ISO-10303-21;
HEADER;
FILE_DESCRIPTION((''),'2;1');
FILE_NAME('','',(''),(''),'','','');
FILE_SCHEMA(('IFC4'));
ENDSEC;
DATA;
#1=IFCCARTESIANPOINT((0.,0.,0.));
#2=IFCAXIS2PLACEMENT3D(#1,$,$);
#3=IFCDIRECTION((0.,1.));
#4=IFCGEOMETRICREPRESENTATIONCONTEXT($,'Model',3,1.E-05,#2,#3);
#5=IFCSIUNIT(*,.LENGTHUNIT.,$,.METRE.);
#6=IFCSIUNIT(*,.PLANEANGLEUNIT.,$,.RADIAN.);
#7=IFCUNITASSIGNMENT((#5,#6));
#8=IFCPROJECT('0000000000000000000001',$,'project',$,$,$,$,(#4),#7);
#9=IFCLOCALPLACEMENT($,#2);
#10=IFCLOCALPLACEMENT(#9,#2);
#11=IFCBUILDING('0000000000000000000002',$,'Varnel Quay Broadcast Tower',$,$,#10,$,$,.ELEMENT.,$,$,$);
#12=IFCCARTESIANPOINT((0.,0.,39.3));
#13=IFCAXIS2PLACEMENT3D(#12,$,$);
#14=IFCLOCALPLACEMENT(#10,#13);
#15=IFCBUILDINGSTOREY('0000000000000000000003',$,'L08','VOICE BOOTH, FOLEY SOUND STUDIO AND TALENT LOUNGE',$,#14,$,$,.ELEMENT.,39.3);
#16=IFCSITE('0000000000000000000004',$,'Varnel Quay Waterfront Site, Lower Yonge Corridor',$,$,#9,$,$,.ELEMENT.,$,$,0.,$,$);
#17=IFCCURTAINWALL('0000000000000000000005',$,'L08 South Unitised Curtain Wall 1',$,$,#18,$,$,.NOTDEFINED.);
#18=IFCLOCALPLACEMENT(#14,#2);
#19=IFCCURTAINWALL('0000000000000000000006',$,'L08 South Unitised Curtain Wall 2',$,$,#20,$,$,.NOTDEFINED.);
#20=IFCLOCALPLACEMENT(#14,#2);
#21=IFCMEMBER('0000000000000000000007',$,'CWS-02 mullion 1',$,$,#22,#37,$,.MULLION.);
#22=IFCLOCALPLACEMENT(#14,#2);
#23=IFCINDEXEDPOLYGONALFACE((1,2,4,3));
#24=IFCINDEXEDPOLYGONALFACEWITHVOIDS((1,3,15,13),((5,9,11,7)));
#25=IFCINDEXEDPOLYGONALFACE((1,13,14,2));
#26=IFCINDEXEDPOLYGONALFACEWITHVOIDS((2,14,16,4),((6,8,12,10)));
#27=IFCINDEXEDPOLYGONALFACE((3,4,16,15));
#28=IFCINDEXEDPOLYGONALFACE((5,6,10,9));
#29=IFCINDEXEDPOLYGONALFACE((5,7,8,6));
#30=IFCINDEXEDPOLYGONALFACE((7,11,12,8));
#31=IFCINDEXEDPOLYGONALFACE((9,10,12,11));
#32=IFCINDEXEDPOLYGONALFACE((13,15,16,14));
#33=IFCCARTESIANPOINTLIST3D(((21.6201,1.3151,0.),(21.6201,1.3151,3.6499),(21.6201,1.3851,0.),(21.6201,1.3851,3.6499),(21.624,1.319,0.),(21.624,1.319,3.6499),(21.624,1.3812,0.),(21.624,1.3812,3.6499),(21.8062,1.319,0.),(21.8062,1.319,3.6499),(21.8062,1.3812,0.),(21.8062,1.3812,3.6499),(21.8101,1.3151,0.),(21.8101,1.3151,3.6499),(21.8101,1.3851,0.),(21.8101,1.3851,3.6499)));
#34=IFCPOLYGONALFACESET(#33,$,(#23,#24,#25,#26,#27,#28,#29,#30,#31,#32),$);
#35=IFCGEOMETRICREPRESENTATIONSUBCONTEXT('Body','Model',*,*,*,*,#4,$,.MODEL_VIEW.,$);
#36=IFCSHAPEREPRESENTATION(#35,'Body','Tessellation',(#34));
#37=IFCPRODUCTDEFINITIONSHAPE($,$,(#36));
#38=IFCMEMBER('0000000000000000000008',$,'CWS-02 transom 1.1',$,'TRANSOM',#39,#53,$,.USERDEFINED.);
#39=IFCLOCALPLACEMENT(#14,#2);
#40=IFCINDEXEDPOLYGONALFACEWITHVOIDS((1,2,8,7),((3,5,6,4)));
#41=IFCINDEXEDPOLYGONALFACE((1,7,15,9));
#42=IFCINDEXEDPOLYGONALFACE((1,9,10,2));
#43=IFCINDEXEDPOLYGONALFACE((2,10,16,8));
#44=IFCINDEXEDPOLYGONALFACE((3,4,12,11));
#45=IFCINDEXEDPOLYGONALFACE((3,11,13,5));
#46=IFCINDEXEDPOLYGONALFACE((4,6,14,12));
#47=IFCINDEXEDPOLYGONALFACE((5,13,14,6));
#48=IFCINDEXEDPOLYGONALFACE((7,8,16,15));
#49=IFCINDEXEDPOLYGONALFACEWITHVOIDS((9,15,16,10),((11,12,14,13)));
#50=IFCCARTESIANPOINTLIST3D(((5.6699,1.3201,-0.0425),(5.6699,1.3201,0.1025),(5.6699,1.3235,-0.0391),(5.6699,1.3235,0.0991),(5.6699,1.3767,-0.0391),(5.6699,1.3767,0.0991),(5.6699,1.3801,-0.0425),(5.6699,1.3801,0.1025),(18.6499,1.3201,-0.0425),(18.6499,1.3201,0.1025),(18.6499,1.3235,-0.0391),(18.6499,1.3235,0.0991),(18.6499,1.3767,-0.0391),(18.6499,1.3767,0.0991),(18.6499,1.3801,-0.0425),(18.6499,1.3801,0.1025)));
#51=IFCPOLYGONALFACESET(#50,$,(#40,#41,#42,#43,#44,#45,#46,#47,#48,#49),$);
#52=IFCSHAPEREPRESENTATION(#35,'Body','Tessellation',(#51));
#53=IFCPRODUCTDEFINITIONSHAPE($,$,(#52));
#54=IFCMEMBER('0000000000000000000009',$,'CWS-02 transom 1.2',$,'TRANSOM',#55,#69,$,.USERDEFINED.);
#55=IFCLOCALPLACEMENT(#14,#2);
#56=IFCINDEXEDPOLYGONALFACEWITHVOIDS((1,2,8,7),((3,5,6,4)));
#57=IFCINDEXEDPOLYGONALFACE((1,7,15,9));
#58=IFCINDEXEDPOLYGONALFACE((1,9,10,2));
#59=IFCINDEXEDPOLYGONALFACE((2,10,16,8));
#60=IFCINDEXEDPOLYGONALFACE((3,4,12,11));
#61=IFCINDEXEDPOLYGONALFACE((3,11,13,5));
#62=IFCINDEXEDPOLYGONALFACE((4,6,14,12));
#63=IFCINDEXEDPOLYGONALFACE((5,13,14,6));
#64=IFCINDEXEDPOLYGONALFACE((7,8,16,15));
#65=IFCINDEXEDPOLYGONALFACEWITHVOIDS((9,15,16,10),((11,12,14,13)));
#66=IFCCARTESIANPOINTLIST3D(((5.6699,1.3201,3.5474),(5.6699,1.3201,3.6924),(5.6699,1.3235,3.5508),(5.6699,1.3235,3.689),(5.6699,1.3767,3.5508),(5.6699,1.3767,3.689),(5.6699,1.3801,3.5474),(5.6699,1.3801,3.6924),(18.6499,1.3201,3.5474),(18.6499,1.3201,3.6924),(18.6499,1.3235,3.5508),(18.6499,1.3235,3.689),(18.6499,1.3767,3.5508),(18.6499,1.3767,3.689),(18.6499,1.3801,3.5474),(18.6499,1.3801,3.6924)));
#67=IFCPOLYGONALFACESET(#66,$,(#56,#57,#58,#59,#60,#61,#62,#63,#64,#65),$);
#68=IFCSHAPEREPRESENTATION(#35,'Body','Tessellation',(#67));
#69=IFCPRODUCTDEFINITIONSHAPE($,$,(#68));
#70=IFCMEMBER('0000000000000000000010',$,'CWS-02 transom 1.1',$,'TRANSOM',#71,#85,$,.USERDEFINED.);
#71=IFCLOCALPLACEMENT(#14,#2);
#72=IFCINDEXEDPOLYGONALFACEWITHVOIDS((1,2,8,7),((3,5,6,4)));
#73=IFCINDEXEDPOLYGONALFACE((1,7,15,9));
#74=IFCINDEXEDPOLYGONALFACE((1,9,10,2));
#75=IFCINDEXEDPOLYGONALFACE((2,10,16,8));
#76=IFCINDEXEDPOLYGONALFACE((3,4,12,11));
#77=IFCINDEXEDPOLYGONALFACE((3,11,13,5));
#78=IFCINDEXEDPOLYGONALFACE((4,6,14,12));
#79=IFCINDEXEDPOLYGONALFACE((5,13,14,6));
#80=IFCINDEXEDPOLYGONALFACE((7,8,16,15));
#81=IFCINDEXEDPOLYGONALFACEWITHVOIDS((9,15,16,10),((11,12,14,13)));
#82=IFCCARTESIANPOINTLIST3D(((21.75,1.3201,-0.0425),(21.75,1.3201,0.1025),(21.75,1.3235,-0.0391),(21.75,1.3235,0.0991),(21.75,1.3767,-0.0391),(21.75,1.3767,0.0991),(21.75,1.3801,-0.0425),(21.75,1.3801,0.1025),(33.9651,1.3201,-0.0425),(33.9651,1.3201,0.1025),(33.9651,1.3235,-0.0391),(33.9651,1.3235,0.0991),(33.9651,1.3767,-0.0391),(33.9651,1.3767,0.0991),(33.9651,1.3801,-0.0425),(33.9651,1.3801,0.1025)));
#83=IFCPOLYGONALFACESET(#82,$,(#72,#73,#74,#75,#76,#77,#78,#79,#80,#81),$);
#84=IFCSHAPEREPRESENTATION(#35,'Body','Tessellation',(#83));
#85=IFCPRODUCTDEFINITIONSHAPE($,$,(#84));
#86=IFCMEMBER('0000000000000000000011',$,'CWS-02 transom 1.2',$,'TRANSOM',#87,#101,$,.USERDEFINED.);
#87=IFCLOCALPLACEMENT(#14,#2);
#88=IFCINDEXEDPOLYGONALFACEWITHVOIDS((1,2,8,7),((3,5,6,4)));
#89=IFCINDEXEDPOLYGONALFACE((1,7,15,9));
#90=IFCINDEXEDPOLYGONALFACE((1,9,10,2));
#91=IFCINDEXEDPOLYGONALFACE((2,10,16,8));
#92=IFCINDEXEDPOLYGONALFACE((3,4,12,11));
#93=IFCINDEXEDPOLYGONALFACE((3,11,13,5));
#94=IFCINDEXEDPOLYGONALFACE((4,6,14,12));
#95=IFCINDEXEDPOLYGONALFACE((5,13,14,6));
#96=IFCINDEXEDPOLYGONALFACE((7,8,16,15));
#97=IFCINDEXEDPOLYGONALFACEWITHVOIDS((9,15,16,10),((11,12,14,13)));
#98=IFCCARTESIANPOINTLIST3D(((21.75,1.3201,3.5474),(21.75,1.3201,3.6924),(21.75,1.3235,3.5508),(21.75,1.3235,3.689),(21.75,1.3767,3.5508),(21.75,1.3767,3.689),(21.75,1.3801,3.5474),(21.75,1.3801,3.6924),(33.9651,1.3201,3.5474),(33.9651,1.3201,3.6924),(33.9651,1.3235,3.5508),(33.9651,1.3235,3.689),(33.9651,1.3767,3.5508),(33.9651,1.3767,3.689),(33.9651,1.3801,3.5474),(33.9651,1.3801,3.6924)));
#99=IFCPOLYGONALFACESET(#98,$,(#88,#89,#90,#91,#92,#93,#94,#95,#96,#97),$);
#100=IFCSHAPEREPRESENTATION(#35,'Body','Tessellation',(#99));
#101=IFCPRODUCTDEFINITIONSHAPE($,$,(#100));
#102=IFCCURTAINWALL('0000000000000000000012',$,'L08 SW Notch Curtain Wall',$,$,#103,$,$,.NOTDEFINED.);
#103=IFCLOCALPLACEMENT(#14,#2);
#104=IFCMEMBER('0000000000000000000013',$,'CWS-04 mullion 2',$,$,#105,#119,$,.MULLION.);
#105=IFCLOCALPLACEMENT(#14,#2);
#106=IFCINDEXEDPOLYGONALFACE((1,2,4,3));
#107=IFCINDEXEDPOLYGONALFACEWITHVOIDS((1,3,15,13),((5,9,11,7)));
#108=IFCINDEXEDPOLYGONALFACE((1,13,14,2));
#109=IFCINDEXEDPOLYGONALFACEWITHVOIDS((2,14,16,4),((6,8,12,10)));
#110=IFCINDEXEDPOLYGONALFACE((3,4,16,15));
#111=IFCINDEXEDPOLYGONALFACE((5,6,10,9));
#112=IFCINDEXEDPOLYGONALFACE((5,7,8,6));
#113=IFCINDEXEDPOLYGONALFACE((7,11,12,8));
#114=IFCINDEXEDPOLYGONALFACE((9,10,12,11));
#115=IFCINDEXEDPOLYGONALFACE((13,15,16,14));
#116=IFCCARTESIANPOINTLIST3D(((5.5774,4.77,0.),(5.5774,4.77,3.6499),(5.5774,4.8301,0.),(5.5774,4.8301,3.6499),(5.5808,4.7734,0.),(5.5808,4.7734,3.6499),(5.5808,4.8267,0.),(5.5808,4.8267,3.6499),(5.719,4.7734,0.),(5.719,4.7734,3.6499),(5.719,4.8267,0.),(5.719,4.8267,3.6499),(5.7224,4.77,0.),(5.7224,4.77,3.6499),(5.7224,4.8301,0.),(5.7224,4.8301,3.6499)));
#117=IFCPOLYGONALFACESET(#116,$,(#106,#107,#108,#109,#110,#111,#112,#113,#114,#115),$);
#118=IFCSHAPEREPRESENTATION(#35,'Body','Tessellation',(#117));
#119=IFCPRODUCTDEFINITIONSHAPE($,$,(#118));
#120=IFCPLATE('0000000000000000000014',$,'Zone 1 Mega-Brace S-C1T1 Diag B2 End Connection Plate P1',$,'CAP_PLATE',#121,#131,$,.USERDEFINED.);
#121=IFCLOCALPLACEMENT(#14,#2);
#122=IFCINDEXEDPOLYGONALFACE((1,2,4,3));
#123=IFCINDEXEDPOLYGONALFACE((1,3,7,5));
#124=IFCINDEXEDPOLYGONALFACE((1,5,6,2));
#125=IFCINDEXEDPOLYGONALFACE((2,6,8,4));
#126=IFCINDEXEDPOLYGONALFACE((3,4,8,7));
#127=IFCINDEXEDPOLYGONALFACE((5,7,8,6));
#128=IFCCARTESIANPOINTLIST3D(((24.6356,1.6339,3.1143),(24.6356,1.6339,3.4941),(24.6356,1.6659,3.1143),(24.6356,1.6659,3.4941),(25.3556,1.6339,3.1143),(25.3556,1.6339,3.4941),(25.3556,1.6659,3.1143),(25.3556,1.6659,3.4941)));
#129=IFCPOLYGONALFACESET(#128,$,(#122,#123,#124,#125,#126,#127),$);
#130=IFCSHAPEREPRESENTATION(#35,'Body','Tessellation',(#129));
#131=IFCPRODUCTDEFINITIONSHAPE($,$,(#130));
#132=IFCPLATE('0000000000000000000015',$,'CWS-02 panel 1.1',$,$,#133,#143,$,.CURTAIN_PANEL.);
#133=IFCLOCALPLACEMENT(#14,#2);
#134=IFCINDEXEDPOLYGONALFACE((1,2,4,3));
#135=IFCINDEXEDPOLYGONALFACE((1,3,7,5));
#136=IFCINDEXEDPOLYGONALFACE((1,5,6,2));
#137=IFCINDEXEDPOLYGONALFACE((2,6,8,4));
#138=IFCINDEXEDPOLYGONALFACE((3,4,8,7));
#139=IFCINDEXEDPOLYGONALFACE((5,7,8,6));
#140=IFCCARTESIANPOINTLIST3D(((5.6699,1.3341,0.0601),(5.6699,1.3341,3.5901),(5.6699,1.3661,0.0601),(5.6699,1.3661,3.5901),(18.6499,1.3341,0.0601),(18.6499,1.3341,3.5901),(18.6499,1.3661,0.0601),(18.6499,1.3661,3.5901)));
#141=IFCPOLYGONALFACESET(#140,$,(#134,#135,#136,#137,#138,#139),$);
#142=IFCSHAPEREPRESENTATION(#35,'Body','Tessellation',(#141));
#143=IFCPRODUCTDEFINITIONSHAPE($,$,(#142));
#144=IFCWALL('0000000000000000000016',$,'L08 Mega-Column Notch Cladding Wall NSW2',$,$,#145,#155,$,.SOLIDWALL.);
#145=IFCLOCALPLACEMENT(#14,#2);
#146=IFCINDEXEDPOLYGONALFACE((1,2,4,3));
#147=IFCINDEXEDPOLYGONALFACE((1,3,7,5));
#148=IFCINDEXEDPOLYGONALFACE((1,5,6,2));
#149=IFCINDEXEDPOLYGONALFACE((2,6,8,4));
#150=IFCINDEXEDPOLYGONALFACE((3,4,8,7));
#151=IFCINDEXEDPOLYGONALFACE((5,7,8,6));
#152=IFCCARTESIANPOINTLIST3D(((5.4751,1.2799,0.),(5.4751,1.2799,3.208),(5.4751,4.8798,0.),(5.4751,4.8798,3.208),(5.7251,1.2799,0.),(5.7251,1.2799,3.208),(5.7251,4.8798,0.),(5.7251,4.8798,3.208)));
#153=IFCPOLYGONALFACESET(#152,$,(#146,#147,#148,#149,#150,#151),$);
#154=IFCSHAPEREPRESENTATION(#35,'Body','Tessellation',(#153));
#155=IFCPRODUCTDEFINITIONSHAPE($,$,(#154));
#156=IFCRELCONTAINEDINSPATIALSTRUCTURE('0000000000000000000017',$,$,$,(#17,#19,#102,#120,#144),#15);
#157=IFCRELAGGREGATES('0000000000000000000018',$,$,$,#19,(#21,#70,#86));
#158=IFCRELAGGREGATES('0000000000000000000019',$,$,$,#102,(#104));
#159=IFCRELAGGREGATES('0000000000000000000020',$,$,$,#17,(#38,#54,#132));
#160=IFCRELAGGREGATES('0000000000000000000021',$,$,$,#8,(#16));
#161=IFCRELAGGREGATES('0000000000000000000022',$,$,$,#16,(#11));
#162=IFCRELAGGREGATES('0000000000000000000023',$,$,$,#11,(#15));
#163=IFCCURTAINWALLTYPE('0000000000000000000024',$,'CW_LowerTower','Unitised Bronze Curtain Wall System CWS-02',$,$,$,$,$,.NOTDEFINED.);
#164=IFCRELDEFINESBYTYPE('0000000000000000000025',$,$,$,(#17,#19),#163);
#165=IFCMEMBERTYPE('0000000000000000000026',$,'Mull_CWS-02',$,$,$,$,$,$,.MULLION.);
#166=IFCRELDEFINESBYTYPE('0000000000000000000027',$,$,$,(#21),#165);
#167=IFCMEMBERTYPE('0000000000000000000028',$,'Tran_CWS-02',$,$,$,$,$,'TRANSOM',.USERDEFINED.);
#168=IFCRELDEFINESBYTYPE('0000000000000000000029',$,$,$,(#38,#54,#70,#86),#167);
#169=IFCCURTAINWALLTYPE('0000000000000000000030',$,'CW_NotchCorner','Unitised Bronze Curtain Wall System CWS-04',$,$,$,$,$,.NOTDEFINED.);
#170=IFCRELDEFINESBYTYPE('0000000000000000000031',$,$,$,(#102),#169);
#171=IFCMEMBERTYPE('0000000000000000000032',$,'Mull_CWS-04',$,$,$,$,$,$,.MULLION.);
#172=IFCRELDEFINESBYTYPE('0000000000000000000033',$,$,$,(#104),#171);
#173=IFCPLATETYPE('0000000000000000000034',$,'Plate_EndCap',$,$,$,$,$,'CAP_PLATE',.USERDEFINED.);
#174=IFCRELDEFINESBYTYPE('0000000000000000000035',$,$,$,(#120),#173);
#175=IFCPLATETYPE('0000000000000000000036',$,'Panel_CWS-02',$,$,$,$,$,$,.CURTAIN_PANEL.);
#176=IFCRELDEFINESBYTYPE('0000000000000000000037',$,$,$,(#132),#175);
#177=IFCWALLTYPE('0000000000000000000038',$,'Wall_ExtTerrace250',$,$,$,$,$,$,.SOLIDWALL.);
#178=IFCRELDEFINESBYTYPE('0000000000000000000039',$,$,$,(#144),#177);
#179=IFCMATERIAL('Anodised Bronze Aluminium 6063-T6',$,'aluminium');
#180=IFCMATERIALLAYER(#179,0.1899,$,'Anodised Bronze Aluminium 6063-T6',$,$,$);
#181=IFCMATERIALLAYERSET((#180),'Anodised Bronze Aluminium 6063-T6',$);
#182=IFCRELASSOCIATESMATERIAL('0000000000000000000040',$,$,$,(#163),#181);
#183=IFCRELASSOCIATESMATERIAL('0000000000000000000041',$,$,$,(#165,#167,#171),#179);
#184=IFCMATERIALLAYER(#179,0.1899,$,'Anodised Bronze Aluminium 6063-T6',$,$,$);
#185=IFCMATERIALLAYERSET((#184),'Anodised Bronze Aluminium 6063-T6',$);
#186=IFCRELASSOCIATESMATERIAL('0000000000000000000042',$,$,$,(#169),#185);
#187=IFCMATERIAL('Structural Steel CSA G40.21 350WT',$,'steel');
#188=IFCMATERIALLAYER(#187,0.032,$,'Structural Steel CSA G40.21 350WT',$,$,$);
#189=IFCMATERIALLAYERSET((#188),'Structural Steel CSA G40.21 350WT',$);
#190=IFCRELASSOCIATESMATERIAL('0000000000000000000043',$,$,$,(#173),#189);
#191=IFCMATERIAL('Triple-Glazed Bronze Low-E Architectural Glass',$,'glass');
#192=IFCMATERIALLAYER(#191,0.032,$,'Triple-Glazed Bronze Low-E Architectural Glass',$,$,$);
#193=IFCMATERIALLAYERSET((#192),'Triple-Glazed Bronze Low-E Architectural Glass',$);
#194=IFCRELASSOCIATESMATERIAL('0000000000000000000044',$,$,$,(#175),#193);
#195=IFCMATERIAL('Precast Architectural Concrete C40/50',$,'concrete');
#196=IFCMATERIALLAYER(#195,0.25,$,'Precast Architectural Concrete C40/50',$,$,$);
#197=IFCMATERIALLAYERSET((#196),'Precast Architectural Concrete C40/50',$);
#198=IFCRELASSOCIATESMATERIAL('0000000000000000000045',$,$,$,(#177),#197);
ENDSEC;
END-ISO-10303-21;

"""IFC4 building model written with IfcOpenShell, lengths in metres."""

from ifc_helpers import new_model, si_unit, direction, frame, frame_2d, origin, origin_2d, place, context, subcontext, project, spatial, rectangle, hollow_rectangle, extrude, source, transform, mapped, material, layer, layer_set, material_profile, profile_set, type_object, type_shapes, element, aggregate, save


model = new_model("IFC4")

# Units and contexts
model_context = context("Model", 3, precision=1e-05, world=origin(), true_north=direction((0.0, 1.0)))
body_context = subcontext(model_context, "Body", "Model", "MODEL_VIEW")
ifc_project = project(units=[si_unit("LENGTHUNIT", "METRE"), si_unit("PLANEANGLEUNIT", "RADIAN")], contexts=[model_context])

# Site, building, storey
site_placement = place(None, origin())
site = spatial("IfcSite", under=ifc_project, at=site_placement, Name="Varnel Quay Waterfront Site, Lower Yonge Corridor", CompositionType="ELEMENT", RefElevation=0.0)
building_placement = place(site_placement, origin())
building = spatial("IfcBuilding", under=site, at=building_placement, Name="Varnel Quay Broadcast Tower", CompositionType="ELEMENT")
storey_placement = place(building_placement, frame((0.0, 0.0, 39.3)))
storey = spatial("IfcBuildingStorey", under=building, at=storey_placement, Name="L08", Description="VOICE BOOTH, FOLEY SOUND STUDIO AND TALENT LOUNGE", CompositionType="ELEMENT", Elevation=39.3)

# Shared definitions
ifc_material_1 = material(Name="Structural Steel CSA G40.21 350WT", Category="steel")

# Curtain wall
ifc_material_2 = material(Name="Anodised Bronze Aluminium 6063-T6", Category="aluminium")
ifc_layer_1 = layer(ifc_material_2, 0.1899, Name="Anodised Bronze Aluminium 6063-T6")
ifc_layer_set_1 = layer_set([ifc_layer_1], Name="Anodised Bronze Aluminium 6063-T6")
curtain_wall_type_1 = type_object("IfcCurtainWallType", Name="CW_LowerTower", Description="Unitised Bronze Curtain Wall System CWS-02", PredefinedType="NOTDEFINED", material=ifc_layer_set_1)
curtain_wall_1_placement = place(storey_placement, origin())
curtain_wall_1 = element("IfcCurtainWall", 1, at=curtain_wall_1_placement, inside=storey, type_object=curtain_wall_type_1, Name="L08 South Unitised Curtain Wall 1", PredefinedType="NOTDEFINED")
ifc_material_profile_1 = material_profile(ifc_material_2, hollow_rectangle(XDim=0.0701, YDim=0.1899, WallThickness=0.0039, at=origin_2d()), Name="ALU70X190X4")
ifc_profile_set_1 = profile_set([ifc_material_profile_1], Name="Anodised Bronze Aluminium 6063-T6")
member_type_1 = type_object("IfcMemberType", Name="Mull_CWS-02", PredefinedType="MULLION", material=ifc_profile_set_1)
shared_shape_1 = source(origin(), body_context, "Body", "SweptSolid", [
    extrude(hollow_rectangle(XDim=0.0701, YDim=0.1899, WallThickness=0.0039, at=origin_2d()), origin(), (0.0, 0.0, 1.0), 3.6499),
])
type_shapes(member_type_1, [shared_shape_1])

# Curtain wall, member
curtain_wall_2_placement = place(storey_placement, origin())
curtain_wall_2 = element("IfcCurtainWall", 2, at=curtain_wall_2_placement, inside=storey, type_object=curtain_wall_type_1, Name="L08 South Unitised Curtain Wall 2", PredefinedType="NOTDEFINED")
member_1_placement = place(storey_placement, frame((21.7151, 1.3501, 0.0), z_axis=(0.0, 0.0, 1.0), x_axis=(0.0, 1.0, 0.0)))
member_1 = element("IfcMember", 3, at=member_1_placement, type_object=member_type_1, Name="CWS-02 mullion 1", PredefinedType="MULLION", context=body_context, shape_type="MappedRepresentation", body=[
    mapped(shared_shape_1, transform((0.0, 0.0, 0.0), x_axis=(1.0, 0.0, 0.0), y_axis=(0.0, 1.0, 0.0), z_axis=(0.0, 0.0, 1.0), scale=1.0)),
])

# Members
ifc_material_profile_2 = material_profile(ifc_material_2, hollow_rectangle(XDim=0.0601, YDim=0.145, WallThickness=0.0034, at=origin_2d()), Name="ALU60X145X3.5")
ifc_profile_set_2 = profile_set([ifc_material_profile_2], Name="Anodised Bronze Aluminium 6063-T6")
member_type_2 = type_object("IfcMemberType", Name="Tran_CWS-02", ElementType="TRANSOM", PredefinedType="USERDEFINED", material=ifc_profile_set_2)
shared_shape_2 = source(origin(), body_context, "Body", "SweptSolid", [
    extrude(hollow_rectangle(XDim=0.0601, YDim=0.145, WallThickness=0.0034, at=origin_2d()), origin(), (0.0, 0.0, 1.0), 12.98),
])
member_2_placement = place(storey_placement, frame((5.6699, 1.3501, 0.03), z_axis=(1.0, 0.0, 0.0), x_axis=(0.0, 1.0, 0.0)))
member_2 = element("IfcMember", 4, at=member_2_placement, type_object=member_type_2, Name="CWS-02 transom 1.1", ObjectType="TRANSOM", PredefinedType="USERDEFINED", context=body_context, shape_type="MappedRepresentation", body=[
    mapped(shared_shape_2, transform((0.0, 0.0, 0.0), x_axis=(1.0, 0.0, 0.0), y_axis=(0.0, 1.0, 0.0), z_axis=(0.0, 0.0, 1.0), scale=1.0)),
])
member_3_placement = place(storey_placement, frame((5.6699, 1.3501, 3.6199), z_axis=(1.0, 0.0, 0.0), x_axis=(0.0, 1.0, 0.0)))
member_3 = element("IfcMember", 5, at=member_3_placement, type_object=member_type_2, Name="CWS-02 transom 1.2", ObjectType="TRANSOM", PredefinedType="USERDEFINED", context=body_context, shape_type="MappedRepresentation", body=[
    mapped(shared_shape_2, transform((0.0, 0.0, 0.0), x_axis=(1.0, 0.0, 0.0), y_axis=(0.0, 1.0, 0.0), z_axis=(0.0, 0.0, 1.0), scale=1.0)),
])
shared_shape_3 = source(origin(), body_context, "Body", "SweptSolid", [
    extrude(hollow_rectangle(XDim=0.0601, YDim=0.145, WallThickness=0.0034, at=origin_2d()), origin(), (0.0, 0.0, 1.0), 12.2151),
])
type_shapes(member_type_2, [shared_shape_2, shared_shape_3])
member_4_placement = place(storey_placement, frame((21.75, 1.3501, 0.03), z_axis=(1.0, 0.0, 0.0), x_axis=(0.0, 1.0, 0.0)))
member_4 = element("IfcMember", 6, at=member_4_placement, type_object=member_type_2, Name="CWS-02 transom 1.1", ObjectType="TRANSOM", PredefinedType="USERDEFINED", context=body_context, shape_type="MappedRepresentation", body=[
    mapped(shared_shape_3, transform((0.0, 0.0, 0.0), x_axis=(1.0, 0.0, 0.0), y_axis=(0.0, 1.0, 0.0), z_axis=(0.0, 0.0, 1.0), scale=1.0)),
])
member_5_placement = place(storey_placement, frame((21.75, 1.3501, 3.6199), z_axis=(1.0, 0.0, 0.0), x_axis=(0.0, 1.0, 0.0)))
member_5 = element("IfcMember", 7, at=member_5_placement, type_object=member_type_2, Name="CWS-02 transom 1.2", ObjectType="TRANSOM", PredefinedType="USERDEFINED", context=body_context, shape_type="MappedRepresentation", body=[
    mapped(shared_shape_3, transform((0.0, 0.0, 0.0), x_axis=(1.0, 0.0, 0.0), y_axis=(0.0, 1.0, 0.0), z_axis=(0.0, 0.0, 1.0), scale=1.0)),
])
aggregate(curtain_wall_2, [member_1, member_4, member_5])

# Curtain wall, member
ifc_layer_2 = layer(ifc_material_2, 0.1899, Name="Anodised Bronze Aluminium 6063-T6")
ifc_layer_set_2 = layer_set([ifc_layer_2], Name="Anodised Bronze Aluminium 6063-T6")
curtain_wall_type_2 = type_object("IfcCurtainWallType", Name="CW_NotchCorner", Description="Unitised Bronze Curtain Wall System CWS-04", PredefinedType="NOTDEFINED", material=ifc_layer_set_2)
curtain_wall_3_placement = place(storey_placement, origin())
curtain_wall_3 = element("IfcCurtainWall", 8, at=curtain_wall_3_placement, inside=storey, type_object=curtain_wall_type_2, Name="L08 SW Notch Curtain Wall", PredefinedType="NOTDEFINED")
ifc_material_profile_3 = material_profile(ifc_material_2, hollow_rectangle(XDim=0.0601, YDim=0.145, WallThickness=0.0034, at=origin_2d()), Name="ALU60X145X3.5")
ifc_profile_set_3 = profile_set([ifc_material_profile_3], Name="Anodised Bronze Aluminium 6063-T6")
member_type_3 = type_object("IfcMemberType", Name="Mull_CWS-04", PredefinedType="MULLION", material=ifc_profile_set_3)
shared_shape_4 = source(origin(), body_context, "Body", "SweptSolid", [
    extrude(hollow_rectangle(XDim=0.0601, YDim=0.145, WallThickness=0.0034, at=origin_2d()), origin(), (0.0, 0.0, 1.0), 3.6499),
])
type_shapes(member_type_3, [shared_shape_4])
member_6_placement = place(storey_placement, frame((5.6499, 4.8, 0.0), z_axis=(0.0, 0.0, 1.0), x_axis=(0.0, 1.0, 0.0)))
member_6 = element("IfcMember", 9, at=member_6_placement, type_object=member_type_3, Name="CWS-04 mullion 2", PredefinedType="MULLION", context=body_context, shape_type="MappedRepresentation", body=[
    mapped(shared_shape_4, transform((0.0, 0.0, 0.0), x_axis=(1.0, 0.0, 0.0), y_axis=(0.0, 1.0, 0.0), z_axis=(0.0, 0.0, 1.0), scale=1.0)),
])
aggregate(curtain_wall_3, [member_6])

# Plates
ifc_layer_3 = layer(ifc_material_1, 0.032, Name="Structural Steel CSA G40.21 350WT")
ifc_layer_set_3 = layer_set([ifc_layer_3], Name="Structural Steel CSA G40.21 350WT")
plate_type_1 = type_object("IfcPlateType", Name="Plate_EndCap", ElementType="CAP_PLATE", PredefinedType="USERDEFINED", material=ifc_layer_set_3)
shared_shape_5 = source(origin(), body_context, "Body", "SweptSolid", [
    extrude(rectangle(XDim=0.72, YDim=0.032, at=origin_2d()), origin(), (0.0, 0.0, 1.0), 0.3799),
])
type_shapes(plate_type_1, [shared_shape_5])
plate_1_placement = place(storey_placement, frame((24.9956, 1.6499, 3.1143), z_axis=(0.0, 0.0, 1.0), x_axis=(1.0, 0.0, 0.0)))
element("IfcPlate", 10, at=plate_1_placement, inside=storey, type_object=plate_type_1, Name="Zone 1 Mega-Brace S-C1T1 Diag B2 End Connection Plate P1", ObjectType="CAP_PLATE", PredefinedType="USERDEFINED", context=body_context, shape_type="MappedRepresentation", body=[
    mapped(shared_shape_5, transform((0.0, 0.0, 0.0), x_axis=(1.0, 0.0, 0.0), y_axis=(0.0, 1.0, 0.0), z_axis=(0.0, 0.0, 1.0), scale=1.0)),
])
ifc_material_3 = material(Name="Triple-Glazed Bronze Low-E Architectural Glass", Category="glass")
ifc_layer_4 = layer(ifc_material_3, 0.032, Name="Triple-Glazed Bronze Low-E Architectural Glass")
ifc_layer_set_4 = layer_set([ifc_layer_4], Name="Triple-Glazed Bronze Low-E Architectural Glass")
plate_type_2 = type_object("IfcPlateType", Name="Panel_CWS-02", PredefinedType="CURTAIN_PANEL", material=ifc_layer_set_4)
shared_shape_6 = source(origin(), body_context, "Body", "SweptSolid", [
    extrude(rectangle(XDim=12.98, YDim=0.032, at=origin_2d()), origin(), (0.0, 0.0, 1.0), 3.53),
])
type_shapes(plate_type_2, [shared_shape_6])
plate_2_placement = place(storey_placement, frame((12.1599, 1.3501, 0.0601), z_axis=(0.0, 0.0, 1.0), x_axis=(1.0, 0.0, 0.0)))
plate_2 = element("IfcPlate", 11, at=plate_2_placement, type_object=plate_type_2, Name="CWS-02 panel 1.1", PredefinedType="CURTAIN_PANEL", context=body_context, shape_type="MappedRepresentation", body=[
    mapped(shared_shape_6, transform((0.0, 0.0, 0.0), x_axis=(1.0, 0.0, 0.0), y_axis=(0.0, 1.0, 0.0), z_axis=(0.0, 0.0, 1.0), scale=1.0)),
])
aggregate(curtain_wall_1, [member_2, member_3, plate_2])

# Shared definitions
ifc_material_4 = material(Name="Precast Architectural Concrete C40/50", Category="concrete")
ifc_layer_5 = layer(ifc_material_4, 0.25, Name="Precast Architectural Concrete C40/50")
ifc_layer_set_5 = layer_set([ifc_layer_5], Name="Precast Architectural Concrete C40/50")
wall_type = type_object("IfcWallType", Name="Wall_ExtTerrace250", PredefinedType="SOLIDWALL", material=ifc_layer_set_5)

# Wall
wall_1_placement = place(storey_placement, frame((5.6001, 1.28, 0.0), z_axis=(0.0, 0.0, 1.0), x_axis=(0.0, 1.0, 0.0)))
element("IfcWall", 12, at=wall_1_placement, inside=storey, type_object=wall_type, Name="L08 Mega-Column Notch Cladding Wall NSW2", PredefinedType="SOLIDWALL", context=body_context, shape_type="SweptSolid", body=[
    extrude(rectangle(XDim=3.5999, YDim=0.25, at=frame_2d((1.7998, 0.0))), origin(), (0.0, 0.0, 1.0), 3.208),
])

save(model, "model.ifc")
